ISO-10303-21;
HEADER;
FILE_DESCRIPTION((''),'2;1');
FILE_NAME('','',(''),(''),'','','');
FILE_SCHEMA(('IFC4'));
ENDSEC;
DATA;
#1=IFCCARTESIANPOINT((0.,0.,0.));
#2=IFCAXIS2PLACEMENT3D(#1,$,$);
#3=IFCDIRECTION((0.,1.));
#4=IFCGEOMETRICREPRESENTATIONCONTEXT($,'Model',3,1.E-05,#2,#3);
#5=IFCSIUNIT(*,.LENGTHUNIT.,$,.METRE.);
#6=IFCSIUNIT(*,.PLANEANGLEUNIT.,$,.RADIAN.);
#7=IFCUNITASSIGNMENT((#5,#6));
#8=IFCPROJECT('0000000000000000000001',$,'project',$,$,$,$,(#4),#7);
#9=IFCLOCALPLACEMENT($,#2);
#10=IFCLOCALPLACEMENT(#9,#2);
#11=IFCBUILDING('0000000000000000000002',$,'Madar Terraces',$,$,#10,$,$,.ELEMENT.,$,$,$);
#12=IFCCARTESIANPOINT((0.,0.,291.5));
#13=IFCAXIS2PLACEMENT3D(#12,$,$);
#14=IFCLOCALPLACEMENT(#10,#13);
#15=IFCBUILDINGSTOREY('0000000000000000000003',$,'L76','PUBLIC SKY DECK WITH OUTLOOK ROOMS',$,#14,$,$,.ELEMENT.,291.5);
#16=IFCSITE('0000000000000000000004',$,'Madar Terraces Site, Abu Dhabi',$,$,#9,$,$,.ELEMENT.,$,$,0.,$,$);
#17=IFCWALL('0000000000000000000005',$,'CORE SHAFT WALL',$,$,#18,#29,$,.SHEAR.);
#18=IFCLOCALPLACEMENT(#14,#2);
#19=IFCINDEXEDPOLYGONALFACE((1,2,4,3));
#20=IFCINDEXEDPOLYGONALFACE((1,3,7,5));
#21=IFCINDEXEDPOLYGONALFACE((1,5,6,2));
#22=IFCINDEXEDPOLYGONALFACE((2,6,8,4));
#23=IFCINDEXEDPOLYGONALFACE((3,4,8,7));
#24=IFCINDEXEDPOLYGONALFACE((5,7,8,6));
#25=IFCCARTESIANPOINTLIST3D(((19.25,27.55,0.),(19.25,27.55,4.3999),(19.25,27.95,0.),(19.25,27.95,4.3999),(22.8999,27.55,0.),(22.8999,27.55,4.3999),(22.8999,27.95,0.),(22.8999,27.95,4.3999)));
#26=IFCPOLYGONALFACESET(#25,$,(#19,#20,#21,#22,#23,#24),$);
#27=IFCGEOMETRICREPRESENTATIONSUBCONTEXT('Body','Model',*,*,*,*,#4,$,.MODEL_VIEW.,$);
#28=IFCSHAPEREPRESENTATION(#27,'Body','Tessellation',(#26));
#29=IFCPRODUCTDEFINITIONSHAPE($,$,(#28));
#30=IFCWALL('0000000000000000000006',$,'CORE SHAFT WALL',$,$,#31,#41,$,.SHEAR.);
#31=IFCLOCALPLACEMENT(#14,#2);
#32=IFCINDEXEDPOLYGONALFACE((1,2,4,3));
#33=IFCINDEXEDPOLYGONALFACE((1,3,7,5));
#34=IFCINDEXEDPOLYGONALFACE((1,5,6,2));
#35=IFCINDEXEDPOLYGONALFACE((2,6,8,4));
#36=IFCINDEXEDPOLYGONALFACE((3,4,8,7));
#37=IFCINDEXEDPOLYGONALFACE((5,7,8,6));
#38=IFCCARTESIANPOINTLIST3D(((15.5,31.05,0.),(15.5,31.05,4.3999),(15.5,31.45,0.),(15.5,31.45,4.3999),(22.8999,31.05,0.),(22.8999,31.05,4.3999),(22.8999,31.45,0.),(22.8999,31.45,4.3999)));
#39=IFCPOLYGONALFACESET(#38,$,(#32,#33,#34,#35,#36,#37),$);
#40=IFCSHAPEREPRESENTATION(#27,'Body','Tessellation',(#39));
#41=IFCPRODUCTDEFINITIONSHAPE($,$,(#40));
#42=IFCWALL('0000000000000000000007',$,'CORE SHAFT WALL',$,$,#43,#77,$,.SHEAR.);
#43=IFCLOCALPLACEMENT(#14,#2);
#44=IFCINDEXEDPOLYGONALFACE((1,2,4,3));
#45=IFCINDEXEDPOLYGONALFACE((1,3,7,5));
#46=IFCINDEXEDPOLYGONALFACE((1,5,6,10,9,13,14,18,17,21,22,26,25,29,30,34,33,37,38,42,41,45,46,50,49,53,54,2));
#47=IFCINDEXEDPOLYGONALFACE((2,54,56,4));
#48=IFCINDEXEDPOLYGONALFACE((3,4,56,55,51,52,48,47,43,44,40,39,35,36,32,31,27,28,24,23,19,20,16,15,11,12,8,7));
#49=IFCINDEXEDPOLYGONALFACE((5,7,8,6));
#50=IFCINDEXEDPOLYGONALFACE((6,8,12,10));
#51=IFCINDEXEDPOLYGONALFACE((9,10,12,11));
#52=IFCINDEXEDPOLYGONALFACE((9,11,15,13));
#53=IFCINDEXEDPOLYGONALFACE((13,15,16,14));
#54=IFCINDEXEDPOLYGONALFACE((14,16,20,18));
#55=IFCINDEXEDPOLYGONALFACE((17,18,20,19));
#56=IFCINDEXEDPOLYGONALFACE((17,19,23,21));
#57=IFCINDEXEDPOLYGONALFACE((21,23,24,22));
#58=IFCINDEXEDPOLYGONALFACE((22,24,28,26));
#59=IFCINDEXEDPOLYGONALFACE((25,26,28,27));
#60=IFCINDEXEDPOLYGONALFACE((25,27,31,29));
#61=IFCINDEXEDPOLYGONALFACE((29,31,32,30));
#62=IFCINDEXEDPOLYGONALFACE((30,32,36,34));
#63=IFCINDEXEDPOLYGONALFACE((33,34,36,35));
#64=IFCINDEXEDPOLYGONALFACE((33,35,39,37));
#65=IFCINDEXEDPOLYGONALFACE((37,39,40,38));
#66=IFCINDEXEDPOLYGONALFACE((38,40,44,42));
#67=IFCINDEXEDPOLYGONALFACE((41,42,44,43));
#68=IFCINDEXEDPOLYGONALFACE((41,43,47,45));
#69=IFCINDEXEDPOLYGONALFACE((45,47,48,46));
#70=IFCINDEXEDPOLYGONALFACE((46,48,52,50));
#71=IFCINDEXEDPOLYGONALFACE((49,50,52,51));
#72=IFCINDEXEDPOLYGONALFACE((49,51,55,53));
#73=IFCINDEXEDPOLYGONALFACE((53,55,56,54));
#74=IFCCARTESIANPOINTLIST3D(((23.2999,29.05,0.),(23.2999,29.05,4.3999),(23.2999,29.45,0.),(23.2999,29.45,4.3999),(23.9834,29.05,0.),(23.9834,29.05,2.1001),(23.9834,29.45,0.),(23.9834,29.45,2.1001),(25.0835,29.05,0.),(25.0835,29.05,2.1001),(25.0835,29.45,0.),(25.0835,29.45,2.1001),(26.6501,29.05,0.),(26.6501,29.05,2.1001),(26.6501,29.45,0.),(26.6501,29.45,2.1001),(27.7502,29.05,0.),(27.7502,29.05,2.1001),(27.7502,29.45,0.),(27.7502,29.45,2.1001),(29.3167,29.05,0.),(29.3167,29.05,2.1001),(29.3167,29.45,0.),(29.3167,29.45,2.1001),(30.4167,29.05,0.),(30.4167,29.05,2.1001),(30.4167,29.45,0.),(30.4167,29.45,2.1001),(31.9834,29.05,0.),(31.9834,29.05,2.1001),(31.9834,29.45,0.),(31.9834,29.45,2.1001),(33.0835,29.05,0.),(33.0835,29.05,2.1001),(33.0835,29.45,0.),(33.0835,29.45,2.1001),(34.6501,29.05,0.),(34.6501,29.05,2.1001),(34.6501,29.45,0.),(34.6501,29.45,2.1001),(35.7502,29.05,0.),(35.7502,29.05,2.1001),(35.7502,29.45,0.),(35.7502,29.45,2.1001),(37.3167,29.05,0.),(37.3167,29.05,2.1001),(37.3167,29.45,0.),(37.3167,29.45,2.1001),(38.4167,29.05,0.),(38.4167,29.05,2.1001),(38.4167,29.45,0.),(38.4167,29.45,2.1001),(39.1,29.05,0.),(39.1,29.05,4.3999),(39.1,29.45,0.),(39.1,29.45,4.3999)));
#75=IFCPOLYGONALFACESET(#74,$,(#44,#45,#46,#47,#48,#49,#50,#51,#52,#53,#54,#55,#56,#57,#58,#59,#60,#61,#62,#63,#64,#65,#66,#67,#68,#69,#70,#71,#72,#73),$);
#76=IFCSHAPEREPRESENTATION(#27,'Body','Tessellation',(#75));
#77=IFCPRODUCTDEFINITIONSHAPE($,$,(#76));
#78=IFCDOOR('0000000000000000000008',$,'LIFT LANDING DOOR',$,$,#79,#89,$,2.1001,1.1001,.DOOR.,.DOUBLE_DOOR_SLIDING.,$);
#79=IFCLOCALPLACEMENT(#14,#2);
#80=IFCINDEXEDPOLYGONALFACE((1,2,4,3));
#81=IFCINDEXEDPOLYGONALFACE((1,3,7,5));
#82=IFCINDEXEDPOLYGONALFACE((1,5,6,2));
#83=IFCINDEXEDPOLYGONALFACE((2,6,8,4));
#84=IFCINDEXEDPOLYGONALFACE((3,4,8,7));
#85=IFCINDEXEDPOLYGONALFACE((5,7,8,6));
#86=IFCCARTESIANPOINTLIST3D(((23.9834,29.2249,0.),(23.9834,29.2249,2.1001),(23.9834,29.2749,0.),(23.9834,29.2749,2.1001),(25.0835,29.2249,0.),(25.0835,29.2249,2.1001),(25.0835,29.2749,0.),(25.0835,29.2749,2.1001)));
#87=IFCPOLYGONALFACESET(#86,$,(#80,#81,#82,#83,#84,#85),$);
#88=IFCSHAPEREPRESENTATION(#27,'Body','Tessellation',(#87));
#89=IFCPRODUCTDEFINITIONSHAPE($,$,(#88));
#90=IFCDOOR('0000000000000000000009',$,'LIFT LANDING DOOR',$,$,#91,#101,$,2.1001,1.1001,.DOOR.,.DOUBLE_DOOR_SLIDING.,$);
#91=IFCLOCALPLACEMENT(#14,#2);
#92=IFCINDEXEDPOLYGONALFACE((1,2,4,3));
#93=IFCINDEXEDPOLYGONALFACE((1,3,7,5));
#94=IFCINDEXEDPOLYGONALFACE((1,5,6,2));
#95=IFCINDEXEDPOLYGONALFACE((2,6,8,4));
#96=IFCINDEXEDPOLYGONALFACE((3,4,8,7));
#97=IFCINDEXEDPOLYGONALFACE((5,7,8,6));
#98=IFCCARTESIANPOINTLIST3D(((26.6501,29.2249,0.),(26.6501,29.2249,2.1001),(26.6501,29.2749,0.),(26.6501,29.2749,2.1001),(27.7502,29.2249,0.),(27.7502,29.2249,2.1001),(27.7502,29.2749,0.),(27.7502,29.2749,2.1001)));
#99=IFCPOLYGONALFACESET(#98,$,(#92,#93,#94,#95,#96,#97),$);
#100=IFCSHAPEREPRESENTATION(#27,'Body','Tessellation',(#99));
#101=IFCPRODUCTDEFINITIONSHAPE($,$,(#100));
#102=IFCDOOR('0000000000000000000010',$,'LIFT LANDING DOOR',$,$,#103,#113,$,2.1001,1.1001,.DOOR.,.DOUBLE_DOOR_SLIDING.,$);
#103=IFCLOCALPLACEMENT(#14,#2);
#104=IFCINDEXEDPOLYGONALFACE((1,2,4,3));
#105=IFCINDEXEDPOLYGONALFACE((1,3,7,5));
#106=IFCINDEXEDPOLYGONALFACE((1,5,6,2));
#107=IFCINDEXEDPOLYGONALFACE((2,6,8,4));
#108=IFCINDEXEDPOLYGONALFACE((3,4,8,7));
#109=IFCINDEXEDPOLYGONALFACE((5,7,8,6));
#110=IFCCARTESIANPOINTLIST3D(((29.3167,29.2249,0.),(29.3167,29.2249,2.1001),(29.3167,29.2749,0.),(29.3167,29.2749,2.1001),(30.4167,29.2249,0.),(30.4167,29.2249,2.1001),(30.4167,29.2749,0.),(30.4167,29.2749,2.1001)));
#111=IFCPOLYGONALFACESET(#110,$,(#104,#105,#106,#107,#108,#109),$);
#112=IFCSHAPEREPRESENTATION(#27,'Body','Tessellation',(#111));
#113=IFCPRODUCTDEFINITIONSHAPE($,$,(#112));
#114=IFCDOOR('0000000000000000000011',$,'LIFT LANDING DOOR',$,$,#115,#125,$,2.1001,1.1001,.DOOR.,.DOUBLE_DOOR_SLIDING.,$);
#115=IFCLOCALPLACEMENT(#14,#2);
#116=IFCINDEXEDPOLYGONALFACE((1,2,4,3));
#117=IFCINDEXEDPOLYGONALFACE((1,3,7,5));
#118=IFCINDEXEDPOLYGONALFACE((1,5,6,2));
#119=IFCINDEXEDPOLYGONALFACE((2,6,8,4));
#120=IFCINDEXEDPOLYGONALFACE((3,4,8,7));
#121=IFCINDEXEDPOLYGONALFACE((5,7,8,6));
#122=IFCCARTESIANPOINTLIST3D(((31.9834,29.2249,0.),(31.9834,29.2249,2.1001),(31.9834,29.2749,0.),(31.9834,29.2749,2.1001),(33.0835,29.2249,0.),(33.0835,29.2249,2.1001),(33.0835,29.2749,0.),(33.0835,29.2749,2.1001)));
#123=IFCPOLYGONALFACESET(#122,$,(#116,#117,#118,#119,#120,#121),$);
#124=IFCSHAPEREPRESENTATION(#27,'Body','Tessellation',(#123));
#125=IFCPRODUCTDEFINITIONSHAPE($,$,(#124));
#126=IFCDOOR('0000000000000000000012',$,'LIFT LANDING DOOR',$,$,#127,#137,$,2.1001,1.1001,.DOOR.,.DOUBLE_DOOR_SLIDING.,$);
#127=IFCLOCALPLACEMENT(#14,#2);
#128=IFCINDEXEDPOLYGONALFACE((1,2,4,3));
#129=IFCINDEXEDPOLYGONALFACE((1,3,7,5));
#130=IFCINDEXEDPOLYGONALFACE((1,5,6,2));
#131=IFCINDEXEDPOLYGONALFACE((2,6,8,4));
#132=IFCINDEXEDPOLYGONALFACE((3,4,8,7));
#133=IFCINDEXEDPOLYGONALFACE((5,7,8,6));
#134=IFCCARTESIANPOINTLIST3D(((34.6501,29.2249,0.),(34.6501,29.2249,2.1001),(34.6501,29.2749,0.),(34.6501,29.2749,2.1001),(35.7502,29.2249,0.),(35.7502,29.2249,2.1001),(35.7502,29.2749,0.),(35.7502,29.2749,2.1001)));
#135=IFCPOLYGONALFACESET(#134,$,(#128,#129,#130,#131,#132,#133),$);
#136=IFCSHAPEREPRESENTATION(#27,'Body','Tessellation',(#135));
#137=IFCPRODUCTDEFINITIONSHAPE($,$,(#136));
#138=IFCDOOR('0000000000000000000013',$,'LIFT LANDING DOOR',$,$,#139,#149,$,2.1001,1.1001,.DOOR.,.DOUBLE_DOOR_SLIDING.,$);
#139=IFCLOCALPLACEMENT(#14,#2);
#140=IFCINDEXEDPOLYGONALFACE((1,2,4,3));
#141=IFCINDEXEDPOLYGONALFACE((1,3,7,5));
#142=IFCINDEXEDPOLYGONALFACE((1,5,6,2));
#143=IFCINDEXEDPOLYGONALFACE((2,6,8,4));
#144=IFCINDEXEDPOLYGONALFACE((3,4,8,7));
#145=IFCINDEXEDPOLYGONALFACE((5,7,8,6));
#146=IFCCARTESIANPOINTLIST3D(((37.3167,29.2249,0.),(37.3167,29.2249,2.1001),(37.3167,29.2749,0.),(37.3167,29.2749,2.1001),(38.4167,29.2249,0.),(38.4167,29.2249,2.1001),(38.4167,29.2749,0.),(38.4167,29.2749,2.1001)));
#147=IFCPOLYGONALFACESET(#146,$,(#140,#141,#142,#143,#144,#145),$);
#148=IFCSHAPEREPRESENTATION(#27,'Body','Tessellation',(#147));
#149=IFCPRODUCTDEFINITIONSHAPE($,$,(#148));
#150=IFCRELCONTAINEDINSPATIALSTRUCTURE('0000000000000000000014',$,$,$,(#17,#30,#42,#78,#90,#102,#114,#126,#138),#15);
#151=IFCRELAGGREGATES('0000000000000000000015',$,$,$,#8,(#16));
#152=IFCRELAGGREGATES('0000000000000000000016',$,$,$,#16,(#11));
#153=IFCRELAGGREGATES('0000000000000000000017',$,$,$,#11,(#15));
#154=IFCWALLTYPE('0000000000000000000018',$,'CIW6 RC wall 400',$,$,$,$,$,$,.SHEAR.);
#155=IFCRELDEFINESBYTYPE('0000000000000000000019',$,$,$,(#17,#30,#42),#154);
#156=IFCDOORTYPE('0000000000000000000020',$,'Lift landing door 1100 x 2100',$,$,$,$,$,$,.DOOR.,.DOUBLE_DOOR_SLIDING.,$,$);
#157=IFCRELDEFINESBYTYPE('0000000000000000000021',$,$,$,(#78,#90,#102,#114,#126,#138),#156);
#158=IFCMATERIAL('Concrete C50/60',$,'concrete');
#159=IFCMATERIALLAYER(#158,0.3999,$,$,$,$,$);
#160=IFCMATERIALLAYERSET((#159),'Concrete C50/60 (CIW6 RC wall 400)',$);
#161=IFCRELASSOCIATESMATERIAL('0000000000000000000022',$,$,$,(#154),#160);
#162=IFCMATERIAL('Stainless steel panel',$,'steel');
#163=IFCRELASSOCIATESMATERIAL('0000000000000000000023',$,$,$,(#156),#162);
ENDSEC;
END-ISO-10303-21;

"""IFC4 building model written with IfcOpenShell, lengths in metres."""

from ifc_helpers import new_model, si_unit, direction, frame, frame_2d, origin, place, context, subcontext, project, spatial, rectangle, extrude, material, layer, layer_set, type_object, element, fill, save


model = new_model("IFC4")

# Units and contexts
model_context = context("Model", 3, precision=1e-05, world=origin(), true_north=direction((0.0, 1.0)))
body_context = subcontext(model_context, "Body", "Model", "MODEL_VIEW")
ifc_project = project(units=[si_unit("LENGTHUNIT", "METRE"), si_unit("PLANEANGLEUNIT", "RADIAN")], contexts=[model_context])

# Site, building, storey
site_placement = place(None, origin())
site = spatial("IfcSite", under=ifc_project, at=site_placement, Name="Madar Terraces Site, Abu Dhabi", CompositionType="ELEMENT", RefElevation=0.0)
building_placement = place(site_placement, origin())
building = spatial("IfcBuilding", under=site, at=building_placement, Name="Madar Terraces", CompositionType="ELEMENT")
storey_placement = place(building_placement, frame((0.0, 0.0, 291.5)))
storey = spatial("IfcBuildingStorey", under=building, at=storey_placement, Name="L76", Description="PUBLIC SKY DECK WITH OUTLOOK ROOMS", CompositionType="ELEMENT", Elevation=291.5)

# Walls
ifc_material_1 = material(Name="Concrete C50/60", Category="concrete")
ifc_layer_1 = layer(ifc_material_1, 0.3999)
ifc_layer_set_1 = layer_set([ifc_layer_1], Name="Concrete C50/60 (CIW6 RC wall 400)")
wall_type_1 = type_object("IfcWallType", Name="CIW6 RC wall 400", PredefinedType="SHEAR", material=ifc_layer_set_1)
wall_1_placement = place(storey_placement, frame((19.25, 27.75, 0.0), z_axis=(0.0, 0.0, 1.0), x_axis=(1.0, 0.0, 0.0)))
element("IfcWall", 1, at=wall_1_placement, inside=storey, type_object=wall_type_1, Name="CORE SHAFT WALL", PredefinedType="SHEAR", context=body_context, shape_type="SweptSolid", body=[
    extrude(rectangle(XDim=3.6499, YDim=0.3999, at=frame_2d((1.825, 0.0))), origin(), (0.0, 0.0, 1.0), 4.3999),
])
wall_2_placement = place(storey_placement, frame((15.5, 31.25, 0.0), z_axis=(0.0, 0.0, 1.0), x_axis=(1.0, 0.0, 0.0)))
element("IfcWall", 2, at=wall_2_placement, inside=storey, type_object=wall_type_1, Name="CORE SHAFT WALL", PredefinedType="SHEAR", context=body_context, shape_type="SweptSolid", body=[
    extrude(rectangle(XDim=7.3999, YDim=0.3999, at=frame_2d((3.7, 0.0))), origin(), (0.0, 0.0, 1.0), 4.3999),
])

# Wall, openings, doors
wall_3_placement = place(storey_placement, frame((23.3, 29.25, 0.0), z_axis=(0.0, 0.0, 1.0), x_axis=(1.0, 0.0, 0.0)))
wall_3 = element("IfcWall", 3, at=wall_3_placement, inside=storey, type_object=wall_type_1, Name="CORE SHAFT WALL", PredefinedType="SHEAR", context=body_context, shape_type="SweptSolid", body=[
    extrude(rectangle(XDim=15.8, YDim=0.3999, at=frame_2d((7.8999, 0.0))), origin(), (0.0, 0.0, 1.0), 4.3999),
])
opening_1_placement = place(wall_3_placement, frame((0.6833, 0.0, 0.0)))
opening_1 = element("IfcOpeningElement", 4, at=opening_1_placement, cuts=wall_3, PredefinedType="OPENING", context=body_context, shape_type="SweptSolid", body=[
    extrude(rectangle(XDim=1.1001, YDim=2.1001, at=frame_2d((0.55, 1.05))), frame((0.0, 0.21, 0.0), z_axis=(0.0, -1.0, 0.0), x_axis=(1.0, 0.0, 0.0)), (0.0, 0.0, 1.0), 0.4199),
])
opening_2_placement = place(wall_3_placement, frame((3.3501, 0.0, 0.0)))
opening_2 = element("IfcOpeningElement", 5, at=opening_2_placement, cuts=wall_3, PredefinedType="OPENING", context=body_context, shape_type="SweptSolid", body=[
    extrude(rectangle(XDim=1.1001, YDim=2.1001, at=frame_2d((0.55, 1.05))), frame((0.0, 0.21, 0.0), z_axis=(0.0, -1.0, 0.0), x_axis=(1.0, 0.0, 0.0)), (0.0, 0.0, 1.0), 0.4199),
])
opening_3_placement = place(wall_3_placement, frame((6.0166, 0.0, 0.0)))
opening_3 = element("IfcOpeningElement", 6, at=opening_3_placement, cuts=wall_3, PredefinedType="OPENING", context=body_context, shape_type="SweptSolid", body=[
    extrude(rectangle(XDim=1.1001, YDim=2.1001, at=frame_2d((0.55, 1.05))), frame((0.0, 0.21, 0.0), z_axis=(0.0, -1.0, 0.0), x_axis=(1.0, 0.0, 0.0)), (0.0, 0.0, 1.0), 0.4199),
])
opening_4_placement = place(wall_3_placement, frame((8.6833, 0.0, 0.0)))
opening_4 = element("IfcOpeningElement", 7, at=opening_4_placement, cuts=wall_3, PredefinedType="OPENING", context=body_context, shape_type="SweptSolid", body=[
    extrude(rectangle(XDim=1.1001, YDim=2.1001, at=frame_2d((0.55, 1.05))), frame((0.0, 0.21, 0.0), z_axis=(0.0, -1.0, 0.0), x_axis=(1.0, 0.0, 0.0)), (0.0, 0.0, 1.0), 0.4199),
])
opening_5_placement = place(wall_3_placement, frame((11.3501, 0.0, 0.0)))
opening_5 = element("IfcOpeningElement", 8, at=opening_5_placement, cuts=wall_3, PredefinedType="OPENING", context=body_context, shape_type="SweptSolid", body=[
    extrude(rectangle(XDim=1.1001, YDim=2.1001, at=frame_2d((0.55, 1.05))), frame((0.0, 0.21, 0.0), z_axis=(0.0, -1.0, 0.0), x_axis=(1.0, 0.0, 0.0)), (0.0, 0.0, 1.0), 0.4199),
])
opening_6_placement = place(wall_3_placement, frame((14.0166, 0.0, 0.0)))
opening_6 = element("IfcOpeningElement", 9, at=opening_6_placement, cuts=wall_3, PredefinedType="OPENING", context=body_context, shape_type="SweptSolid", body=[
    extrude(rectangle(XDim=1.1001, YDim=2.1001, at=frame_2d((0.55, 1.05))), frame((0.0, 0.21, 0.0), z_axis=(0.0, -1.0, 0.0), x_axis=(1.0, 0.0, 0.0)), (0.0, 0.0, 1.0), 0.4199),
])
ifc_material_2 = material(Name="Stainless steel panel", Category="steel")
door_type_1 = type_object("IfcDoorType", Name="Lift landing door 1100 x 2100", OperationType="DOUBLE_DOOR_SLIDING", PredefinedType="DOOR", material=ifc_material_2)
door_1_placement = place(opening_1_placement, origin())
door_1 = element("IfcDoor", 10, at=door_1_placement, inside=storey, type_object=door_type_1, Name="LIFT LANDING DOOR", OperationType="DOUBLE_DOOR_SLIDING", OverallHeight=2.1001, OverallWidth=1.1001, PredefinedType="DOOR", context=body_context, shape_type="SweptSolid", body=[
    extrude(rectangle(XDim=1.1001, YDim=2.1001, at=frame_2d((0.55, 1.05))), frame((0.0, 0.0249, 0.0), z_axis=(0.0, -1.0, 0.0), x_axis=(1.0, 0.0, 0.0)), (0.0, 0.0, 1.0), 0.05),
])
fill(opening_1, door_1)
door_2_placement = place(opening_2_placement, origin())
door_2 = element("IfcDoor", 11, at=door_2_placement, inside=storey, type_object=door_type_1, Name="LIFT LANDING DOOR", OperationType="DOUBLE_DOOR_SLIDING", OverallHeight=2.1001, OverallWidth=1.1001, PredefinedType="DOOR", context=body_context, shape_type="SweptSolid", body=[
    extrude(rectangle(XDim=1.1001, YDim=2.1001, at=frame_2d((0.55, 1.05))), frame((0.0, 0.0249, 0.0), z_axis=(0.0, -1.0, 0.0), x_axis=(1.0, 0.0, 0.0)), (0.0, 0.0, 1.0), 0.05),
])
fill(opening_2, door_2)
door_3_placement = place(opening_3_placement, origin())
door_3 = element("IfcDoor", 12, at=door_3_placement, inside=storey, type_object=door_type_1, Name="LIFT LANDING DOOR", OperationType="DOUBLE_DOOR_SLIDING", OverallHeight=2.1001, OverallWidth=1.1001, PredefinedType="DOOR", context=body_context, shape_type="SweptSolid", body=[
    extrude(rectangle(XDim=1.1001, YDim=2.1001, at=frame_2d((0.55, 1.05))), frame((0.0, 0.0249, 0.0), z_axis=(0.0, -1.0, 0.0), x_axis=(1.0, 0.0, 0.0)), (0.0, 0.0, 1.0), 0.05),
])
fill(opening_3, door_3)
door_4_placement = place(opening_4_placement, origin())
door_4 = element("IfcDoor", 13, at=door_4_placement, inside=storey, type_object=door_type_1, Name="LIFT LANDING DOOR", OperationType="DOUBLE_DOOR_SLIDING", OverallHeight=2.1001, OverallWidth=1.1001, PredefinedType="DOOR", context=body_context, shape_type="SweptSolid", body=[
    extrude(rectangle(XDim=1.1001, YDim=2.1001, at=frame_2d((0.55, 1.05))), frame((0.0, 0.0249, 0.0), z_axis=(0.0, -1.0, 0.0), x_axis=(1.0, 0.0, 0.0)), (0.0, 0.0, 1.0), 0.05),
])
fill(opening_4, door_4)
door_5_placement = place(opening_5_placement, origin())
door_5 = element("IfcDoor", 14, at=door_5_placement, inside=storey, type_object=door_type_1, Name="LIFT LANDING DOOR", OperationType="DOUBLE_DOOR_SLIDING", OverallHeight=2.1001, OverallWidth=1.1001, PredefinedType="DOOR", context=body_context, shape_type="SweptSolid", body=[
    extrude(rectangle(XDim=1.1001, YDim=2.1001, at=frame_2d((0.55, 1.05))), frame((0.0, 0.0249, 0.0), z_axis=(0.0, -1.0, 0.0), x_axis=(1.0, 0.0, 0.0)), (0.0, 0.0, 1.0), 0.05),
])
fill(opening_5, door_5)
door_6_placement = place(opening_6_placement, origin())
door_6 = element("IfcDoor", 15, at=door_6_placement, inside=storey, type_object=door_type_1, Name="LIFT LANDING DOOR", OperationType="DOUBLE_DOOR_SLIDING", OverallHeight=2.1001, OverallWidth=1.1001, PredefinedType="DOOR", context=body_context, shape_type="SweptSolid", body=[
    extrude(rectangle(XDim=1.1001, YDim=2.1001, at=frame_2d((0.55, 1.05))), frame((0.0, 0.0249, 0.0), z_axis=(0.0, -1.0, 0.0), x_axis=(1.0, 0.0, 0.0)), (0.0, 0.0, 1.0), 0.05),
])
fill(opening_6, door_6)

save(model, "model.ifc")
